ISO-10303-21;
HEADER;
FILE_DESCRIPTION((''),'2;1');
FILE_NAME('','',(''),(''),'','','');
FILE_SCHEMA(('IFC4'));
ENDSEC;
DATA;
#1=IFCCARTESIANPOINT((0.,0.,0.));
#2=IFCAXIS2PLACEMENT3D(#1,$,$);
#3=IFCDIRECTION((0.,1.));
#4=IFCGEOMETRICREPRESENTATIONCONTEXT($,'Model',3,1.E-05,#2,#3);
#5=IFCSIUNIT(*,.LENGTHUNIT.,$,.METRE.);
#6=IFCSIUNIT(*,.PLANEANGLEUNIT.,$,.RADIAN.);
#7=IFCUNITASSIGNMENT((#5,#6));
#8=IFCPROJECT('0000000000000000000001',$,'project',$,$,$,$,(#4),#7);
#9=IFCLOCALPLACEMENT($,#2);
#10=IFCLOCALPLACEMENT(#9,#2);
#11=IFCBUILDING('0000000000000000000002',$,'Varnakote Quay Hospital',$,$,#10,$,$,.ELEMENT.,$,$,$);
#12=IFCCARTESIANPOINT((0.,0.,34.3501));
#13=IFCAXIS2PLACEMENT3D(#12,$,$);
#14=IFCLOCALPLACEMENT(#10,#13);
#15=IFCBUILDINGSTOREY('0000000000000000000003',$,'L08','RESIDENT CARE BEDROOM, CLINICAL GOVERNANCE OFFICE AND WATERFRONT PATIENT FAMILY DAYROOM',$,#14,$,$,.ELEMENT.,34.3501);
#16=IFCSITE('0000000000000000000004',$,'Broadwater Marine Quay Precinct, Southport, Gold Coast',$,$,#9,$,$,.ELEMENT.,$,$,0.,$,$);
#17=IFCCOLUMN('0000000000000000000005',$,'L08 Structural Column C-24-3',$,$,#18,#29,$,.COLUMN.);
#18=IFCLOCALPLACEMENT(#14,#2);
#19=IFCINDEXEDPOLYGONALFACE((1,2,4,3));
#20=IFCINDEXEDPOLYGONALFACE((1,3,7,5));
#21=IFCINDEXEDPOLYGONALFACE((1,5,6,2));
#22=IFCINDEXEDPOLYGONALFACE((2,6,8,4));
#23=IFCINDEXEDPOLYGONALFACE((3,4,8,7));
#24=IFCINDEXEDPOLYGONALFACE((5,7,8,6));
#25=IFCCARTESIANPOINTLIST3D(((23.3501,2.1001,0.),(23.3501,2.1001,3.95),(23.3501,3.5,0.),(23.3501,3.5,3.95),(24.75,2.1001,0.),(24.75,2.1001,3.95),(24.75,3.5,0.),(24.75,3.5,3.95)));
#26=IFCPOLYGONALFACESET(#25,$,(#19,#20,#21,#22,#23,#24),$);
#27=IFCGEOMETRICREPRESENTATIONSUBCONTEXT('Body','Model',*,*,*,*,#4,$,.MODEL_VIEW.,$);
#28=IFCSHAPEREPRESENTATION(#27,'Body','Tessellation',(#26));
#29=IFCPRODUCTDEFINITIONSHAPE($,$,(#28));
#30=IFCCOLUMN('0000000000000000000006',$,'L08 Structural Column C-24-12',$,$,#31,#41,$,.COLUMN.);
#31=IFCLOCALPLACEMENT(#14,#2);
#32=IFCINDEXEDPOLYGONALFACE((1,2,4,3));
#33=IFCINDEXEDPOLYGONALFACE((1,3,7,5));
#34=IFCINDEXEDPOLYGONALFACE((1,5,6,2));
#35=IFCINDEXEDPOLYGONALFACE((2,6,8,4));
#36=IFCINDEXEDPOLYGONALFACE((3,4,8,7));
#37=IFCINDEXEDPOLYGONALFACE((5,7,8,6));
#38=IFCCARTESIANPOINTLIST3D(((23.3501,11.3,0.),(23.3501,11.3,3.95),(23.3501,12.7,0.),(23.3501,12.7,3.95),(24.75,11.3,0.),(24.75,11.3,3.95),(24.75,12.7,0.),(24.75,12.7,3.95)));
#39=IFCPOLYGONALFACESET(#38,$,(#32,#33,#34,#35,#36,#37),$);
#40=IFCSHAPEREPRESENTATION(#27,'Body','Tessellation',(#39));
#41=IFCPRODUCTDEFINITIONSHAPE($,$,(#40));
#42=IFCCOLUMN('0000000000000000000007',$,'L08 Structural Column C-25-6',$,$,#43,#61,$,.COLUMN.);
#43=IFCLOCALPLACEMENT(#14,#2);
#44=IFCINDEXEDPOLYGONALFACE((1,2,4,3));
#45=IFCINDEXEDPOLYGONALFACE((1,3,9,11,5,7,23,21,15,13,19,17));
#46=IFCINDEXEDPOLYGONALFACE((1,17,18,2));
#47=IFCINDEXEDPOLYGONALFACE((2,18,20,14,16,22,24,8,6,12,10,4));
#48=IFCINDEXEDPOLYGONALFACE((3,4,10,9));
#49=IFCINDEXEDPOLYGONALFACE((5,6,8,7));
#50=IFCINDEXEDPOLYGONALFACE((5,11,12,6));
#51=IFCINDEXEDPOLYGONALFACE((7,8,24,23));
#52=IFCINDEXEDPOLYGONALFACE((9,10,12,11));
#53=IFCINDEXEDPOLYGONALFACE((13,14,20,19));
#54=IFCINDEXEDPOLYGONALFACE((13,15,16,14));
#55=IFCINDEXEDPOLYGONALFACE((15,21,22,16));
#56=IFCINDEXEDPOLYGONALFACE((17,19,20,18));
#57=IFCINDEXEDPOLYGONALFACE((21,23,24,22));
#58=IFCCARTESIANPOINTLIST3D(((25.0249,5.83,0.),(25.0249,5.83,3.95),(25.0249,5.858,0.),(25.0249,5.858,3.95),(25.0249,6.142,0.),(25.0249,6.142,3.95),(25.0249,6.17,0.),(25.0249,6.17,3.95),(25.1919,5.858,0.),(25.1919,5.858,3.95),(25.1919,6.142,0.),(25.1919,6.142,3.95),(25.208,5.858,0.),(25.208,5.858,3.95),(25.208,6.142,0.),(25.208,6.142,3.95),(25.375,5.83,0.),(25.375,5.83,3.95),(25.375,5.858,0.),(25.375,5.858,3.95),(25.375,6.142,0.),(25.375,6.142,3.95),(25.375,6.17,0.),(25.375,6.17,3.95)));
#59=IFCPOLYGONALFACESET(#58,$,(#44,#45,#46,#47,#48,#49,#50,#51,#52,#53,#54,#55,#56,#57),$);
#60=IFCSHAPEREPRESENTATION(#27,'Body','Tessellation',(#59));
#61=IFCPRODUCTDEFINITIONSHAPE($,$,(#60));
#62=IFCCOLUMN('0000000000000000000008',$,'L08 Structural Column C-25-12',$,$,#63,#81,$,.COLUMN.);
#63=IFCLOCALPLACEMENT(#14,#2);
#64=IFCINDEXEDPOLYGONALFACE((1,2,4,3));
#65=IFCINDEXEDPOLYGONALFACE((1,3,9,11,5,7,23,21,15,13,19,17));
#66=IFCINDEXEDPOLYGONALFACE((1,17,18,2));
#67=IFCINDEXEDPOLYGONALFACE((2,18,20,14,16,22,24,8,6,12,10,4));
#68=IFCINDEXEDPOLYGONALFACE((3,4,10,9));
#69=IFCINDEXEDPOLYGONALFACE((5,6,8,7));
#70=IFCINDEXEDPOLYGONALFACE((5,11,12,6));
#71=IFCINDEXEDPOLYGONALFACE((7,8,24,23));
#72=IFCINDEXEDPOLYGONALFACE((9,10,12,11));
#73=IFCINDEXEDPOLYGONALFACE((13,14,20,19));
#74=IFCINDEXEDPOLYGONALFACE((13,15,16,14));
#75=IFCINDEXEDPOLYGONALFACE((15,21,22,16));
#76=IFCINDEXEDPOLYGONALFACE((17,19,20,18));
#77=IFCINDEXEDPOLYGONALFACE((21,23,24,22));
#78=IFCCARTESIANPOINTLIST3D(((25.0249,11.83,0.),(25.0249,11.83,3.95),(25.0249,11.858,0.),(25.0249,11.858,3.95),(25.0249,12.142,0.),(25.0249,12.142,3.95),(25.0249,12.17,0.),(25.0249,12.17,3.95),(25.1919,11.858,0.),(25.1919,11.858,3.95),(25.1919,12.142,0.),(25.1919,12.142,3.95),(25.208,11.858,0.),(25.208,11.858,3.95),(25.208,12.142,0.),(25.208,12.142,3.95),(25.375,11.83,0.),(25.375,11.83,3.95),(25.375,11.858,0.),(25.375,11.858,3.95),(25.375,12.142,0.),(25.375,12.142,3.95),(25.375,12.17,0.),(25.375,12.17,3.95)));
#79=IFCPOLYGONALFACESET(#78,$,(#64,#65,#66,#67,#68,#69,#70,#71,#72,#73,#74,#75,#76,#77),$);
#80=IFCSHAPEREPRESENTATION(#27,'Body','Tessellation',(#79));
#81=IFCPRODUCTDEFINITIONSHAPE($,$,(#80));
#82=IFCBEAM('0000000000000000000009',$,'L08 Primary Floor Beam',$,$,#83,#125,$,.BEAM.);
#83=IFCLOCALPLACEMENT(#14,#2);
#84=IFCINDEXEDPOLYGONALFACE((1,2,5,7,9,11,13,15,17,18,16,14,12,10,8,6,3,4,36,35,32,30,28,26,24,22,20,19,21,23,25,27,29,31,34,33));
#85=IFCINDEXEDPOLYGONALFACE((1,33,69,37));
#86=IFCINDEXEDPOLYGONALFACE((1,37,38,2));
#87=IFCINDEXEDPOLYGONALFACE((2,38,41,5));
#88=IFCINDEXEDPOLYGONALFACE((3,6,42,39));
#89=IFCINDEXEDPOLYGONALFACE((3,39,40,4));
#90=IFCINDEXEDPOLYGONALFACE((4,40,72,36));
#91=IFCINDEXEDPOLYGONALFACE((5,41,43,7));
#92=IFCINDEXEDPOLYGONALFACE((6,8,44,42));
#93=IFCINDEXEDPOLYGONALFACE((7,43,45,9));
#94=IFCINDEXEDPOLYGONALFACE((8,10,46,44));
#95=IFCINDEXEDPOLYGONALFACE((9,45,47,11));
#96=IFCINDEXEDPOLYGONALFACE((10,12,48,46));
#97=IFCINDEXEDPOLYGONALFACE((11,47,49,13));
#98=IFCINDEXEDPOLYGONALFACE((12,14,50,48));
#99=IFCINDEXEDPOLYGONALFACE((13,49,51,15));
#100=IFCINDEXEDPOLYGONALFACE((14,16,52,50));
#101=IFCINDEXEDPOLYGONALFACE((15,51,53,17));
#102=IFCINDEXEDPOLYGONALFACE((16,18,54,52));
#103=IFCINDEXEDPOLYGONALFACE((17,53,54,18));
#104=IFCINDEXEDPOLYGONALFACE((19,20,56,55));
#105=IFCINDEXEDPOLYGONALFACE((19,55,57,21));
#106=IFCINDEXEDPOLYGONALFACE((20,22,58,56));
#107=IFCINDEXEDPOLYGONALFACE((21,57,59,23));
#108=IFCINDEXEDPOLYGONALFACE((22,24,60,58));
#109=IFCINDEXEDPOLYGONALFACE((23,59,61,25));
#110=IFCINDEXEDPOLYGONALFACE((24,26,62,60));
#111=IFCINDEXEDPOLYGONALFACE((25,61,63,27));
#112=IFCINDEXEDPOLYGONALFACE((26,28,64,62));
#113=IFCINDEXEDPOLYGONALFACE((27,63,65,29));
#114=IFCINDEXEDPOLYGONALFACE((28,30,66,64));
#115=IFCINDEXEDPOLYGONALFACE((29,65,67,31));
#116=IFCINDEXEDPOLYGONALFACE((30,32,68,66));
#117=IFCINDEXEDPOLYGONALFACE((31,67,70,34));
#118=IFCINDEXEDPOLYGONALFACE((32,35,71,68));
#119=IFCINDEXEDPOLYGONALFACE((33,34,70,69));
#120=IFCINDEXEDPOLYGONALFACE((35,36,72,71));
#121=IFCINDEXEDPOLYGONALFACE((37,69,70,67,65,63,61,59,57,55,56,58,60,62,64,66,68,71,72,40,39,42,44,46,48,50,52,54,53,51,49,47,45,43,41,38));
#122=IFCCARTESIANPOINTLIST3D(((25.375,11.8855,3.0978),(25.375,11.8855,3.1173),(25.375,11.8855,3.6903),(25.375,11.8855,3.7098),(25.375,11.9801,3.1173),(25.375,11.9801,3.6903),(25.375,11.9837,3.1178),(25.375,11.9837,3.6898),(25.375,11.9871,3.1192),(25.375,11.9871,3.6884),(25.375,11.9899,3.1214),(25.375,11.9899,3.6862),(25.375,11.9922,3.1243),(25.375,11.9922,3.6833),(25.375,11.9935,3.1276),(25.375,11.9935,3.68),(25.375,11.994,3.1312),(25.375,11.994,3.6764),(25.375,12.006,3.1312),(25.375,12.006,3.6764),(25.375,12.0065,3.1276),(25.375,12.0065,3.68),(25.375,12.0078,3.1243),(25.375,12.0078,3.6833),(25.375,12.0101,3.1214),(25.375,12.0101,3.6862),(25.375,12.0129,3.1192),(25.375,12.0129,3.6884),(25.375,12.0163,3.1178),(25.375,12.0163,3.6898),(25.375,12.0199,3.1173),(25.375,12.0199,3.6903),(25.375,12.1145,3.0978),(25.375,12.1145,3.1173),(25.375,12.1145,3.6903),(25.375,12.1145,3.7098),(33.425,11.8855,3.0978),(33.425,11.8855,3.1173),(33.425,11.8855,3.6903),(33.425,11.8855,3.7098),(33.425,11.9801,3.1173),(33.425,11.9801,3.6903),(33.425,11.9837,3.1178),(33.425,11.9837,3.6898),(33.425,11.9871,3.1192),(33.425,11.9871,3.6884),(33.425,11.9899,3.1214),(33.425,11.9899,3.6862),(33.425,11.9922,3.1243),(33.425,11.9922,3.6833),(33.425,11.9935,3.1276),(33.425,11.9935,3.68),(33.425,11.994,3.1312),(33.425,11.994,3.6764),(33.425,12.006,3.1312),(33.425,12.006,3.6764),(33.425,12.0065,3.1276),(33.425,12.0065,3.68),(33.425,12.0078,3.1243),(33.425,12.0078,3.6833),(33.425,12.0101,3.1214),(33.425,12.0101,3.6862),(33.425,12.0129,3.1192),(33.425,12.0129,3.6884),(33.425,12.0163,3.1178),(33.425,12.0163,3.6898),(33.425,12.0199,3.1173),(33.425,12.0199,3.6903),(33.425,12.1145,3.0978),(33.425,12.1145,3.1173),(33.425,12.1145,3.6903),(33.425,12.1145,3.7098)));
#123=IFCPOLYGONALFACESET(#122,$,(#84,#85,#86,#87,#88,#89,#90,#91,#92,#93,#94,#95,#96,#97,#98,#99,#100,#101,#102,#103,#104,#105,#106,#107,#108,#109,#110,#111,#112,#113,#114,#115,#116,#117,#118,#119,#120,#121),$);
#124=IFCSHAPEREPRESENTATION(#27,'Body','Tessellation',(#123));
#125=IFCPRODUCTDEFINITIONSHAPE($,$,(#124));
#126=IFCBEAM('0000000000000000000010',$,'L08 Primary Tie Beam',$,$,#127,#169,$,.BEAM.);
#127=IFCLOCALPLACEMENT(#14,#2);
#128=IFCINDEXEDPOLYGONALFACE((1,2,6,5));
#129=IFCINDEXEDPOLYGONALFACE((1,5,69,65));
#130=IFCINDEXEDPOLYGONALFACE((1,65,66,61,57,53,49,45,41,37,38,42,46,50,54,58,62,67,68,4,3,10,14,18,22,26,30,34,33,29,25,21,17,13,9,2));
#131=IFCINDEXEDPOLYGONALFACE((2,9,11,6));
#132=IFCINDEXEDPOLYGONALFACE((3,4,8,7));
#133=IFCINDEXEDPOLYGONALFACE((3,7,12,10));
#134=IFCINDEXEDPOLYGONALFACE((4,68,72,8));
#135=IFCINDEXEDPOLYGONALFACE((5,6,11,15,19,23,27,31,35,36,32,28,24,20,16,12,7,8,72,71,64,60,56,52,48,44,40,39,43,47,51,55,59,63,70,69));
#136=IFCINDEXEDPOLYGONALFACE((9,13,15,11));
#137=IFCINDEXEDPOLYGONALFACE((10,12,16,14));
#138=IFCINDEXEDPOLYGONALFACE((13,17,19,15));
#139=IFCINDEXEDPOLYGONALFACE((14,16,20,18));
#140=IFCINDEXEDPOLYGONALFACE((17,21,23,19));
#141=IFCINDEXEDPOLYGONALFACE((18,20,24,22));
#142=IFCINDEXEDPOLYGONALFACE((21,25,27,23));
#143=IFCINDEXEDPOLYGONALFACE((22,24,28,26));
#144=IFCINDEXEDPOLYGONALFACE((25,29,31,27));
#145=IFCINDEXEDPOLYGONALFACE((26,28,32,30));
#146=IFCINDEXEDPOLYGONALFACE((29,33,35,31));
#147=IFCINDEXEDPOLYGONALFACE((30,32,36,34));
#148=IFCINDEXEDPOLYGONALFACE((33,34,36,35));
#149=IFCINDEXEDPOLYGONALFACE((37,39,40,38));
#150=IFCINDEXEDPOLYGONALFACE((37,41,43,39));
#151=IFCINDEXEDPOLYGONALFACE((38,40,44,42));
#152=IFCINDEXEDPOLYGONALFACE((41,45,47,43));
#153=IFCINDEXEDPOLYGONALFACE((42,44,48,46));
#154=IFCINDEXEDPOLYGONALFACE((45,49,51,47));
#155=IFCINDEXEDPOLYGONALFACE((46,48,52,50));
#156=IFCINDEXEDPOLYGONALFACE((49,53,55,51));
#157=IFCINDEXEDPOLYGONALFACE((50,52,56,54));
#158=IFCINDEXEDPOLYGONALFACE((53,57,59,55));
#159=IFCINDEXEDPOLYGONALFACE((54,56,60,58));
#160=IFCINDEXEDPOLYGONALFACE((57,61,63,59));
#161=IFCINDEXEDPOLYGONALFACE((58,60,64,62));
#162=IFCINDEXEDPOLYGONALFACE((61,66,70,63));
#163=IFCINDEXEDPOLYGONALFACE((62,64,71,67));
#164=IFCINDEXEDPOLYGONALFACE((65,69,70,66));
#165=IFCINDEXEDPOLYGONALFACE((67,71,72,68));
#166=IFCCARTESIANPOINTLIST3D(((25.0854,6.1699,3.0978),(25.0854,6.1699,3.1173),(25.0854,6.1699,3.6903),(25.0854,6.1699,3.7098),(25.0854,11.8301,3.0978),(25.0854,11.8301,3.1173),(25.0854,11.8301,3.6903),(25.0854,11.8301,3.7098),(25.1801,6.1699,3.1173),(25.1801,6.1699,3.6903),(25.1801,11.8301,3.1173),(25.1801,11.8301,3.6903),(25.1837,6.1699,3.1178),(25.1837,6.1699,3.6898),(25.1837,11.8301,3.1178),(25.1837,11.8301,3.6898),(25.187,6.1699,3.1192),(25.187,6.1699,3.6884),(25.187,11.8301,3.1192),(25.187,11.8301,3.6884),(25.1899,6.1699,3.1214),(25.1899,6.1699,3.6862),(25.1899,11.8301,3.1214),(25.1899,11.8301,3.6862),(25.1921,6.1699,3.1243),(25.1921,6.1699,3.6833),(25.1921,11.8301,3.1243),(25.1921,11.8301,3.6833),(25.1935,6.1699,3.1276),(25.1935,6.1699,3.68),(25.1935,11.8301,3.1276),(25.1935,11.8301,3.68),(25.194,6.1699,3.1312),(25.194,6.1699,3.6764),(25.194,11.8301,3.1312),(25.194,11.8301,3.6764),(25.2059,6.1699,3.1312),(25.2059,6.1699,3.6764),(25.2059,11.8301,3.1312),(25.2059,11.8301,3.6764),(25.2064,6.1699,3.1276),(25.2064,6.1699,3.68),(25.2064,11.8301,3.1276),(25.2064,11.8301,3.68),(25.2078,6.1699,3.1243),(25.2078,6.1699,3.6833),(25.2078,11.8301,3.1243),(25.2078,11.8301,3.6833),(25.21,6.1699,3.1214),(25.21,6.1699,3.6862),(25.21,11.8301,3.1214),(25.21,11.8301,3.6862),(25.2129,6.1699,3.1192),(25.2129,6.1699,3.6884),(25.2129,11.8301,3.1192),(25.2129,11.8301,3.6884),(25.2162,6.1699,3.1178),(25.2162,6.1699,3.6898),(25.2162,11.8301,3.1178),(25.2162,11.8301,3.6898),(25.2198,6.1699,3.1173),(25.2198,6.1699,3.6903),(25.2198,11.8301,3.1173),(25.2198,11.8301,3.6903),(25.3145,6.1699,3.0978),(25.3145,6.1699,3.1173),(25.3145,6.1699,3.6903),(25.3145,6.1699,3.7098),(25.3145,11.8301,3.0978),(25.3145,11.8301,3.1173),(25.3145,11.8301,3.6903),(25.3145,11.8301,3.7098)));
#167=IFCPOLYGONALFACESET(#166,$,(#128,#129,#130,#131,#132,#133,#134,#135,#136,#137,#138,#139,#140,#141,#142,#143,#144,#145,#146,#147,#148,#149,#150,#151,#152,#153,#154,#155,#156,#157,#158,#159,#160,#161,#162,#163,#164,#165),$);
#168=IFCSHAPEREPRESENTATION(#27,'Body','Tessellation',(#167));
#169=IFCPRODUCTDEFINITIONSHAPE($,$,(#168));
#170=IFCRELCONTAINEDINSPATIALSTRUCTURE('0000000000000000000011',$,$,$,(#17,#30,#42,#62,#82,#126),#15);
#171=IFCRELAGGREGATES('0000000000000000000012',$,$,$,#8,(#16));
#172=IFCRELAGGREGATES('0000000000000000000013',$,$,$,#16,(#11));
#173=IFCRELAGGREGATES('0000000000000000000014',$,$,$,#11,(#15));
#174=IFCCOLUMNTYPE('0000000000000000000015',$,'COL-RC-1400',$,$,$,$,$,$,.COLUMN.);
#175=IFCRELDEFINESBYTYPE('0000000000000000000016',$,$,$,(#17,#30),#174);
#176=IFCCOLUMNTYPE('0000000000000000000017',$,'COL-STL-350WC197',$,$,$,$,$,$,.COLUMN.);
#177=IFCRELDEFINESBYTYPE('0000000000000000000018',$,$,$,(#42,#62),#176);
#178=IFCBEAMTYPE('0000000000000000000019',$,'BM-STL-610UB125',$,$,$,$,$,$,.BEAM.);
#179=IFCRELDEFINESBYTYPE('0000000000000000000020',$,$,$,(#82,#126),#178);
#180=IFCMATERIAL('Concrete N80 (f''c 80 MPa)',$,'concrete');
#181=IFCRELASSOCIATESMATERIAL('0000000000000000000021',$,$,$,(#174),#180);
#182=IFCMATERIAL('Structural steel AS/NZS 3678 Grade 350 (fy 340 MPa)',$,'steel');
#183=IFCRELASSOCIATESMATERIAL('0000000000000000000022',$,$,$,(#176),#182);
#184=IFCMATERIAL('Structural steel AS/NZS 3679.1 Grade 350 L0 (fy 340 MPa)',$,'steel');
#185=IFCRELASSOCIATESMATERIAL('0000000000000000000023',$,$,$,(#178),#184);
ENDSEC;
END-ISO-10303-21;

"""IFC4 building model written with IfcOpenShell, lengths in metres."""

from ifc_helpers import new_model, si_unit, direction, frame, origin, origin_2d, place, context, subcontext, project, spatial, rectangle, i_section, extrude, material, material_profile, profile_set, type_object, element, save


model = new_model("IFC4")

# Units and contexts
model_context = context("Model", 3, precision=1e-05, world=origin(), true_north=direction((0.0, 1.0)))
body_context = subcontext(model_context, "Body", "Model", "MODEL_VIEW")
ifc_project = project(units=[si_unit("LENGTHUNIT", "METRE"), si_unit("PLANEANGLEUNIT", "RADIAN")], contexts=[model_context])

# Site, building, storey
site_placement = place(None, origin())
site = spatial("IfcSite", under=ifc_project, at=site_placement, Name="Broadwater Marine Quay Precinct, Southport, Gold Coast", CompositionType="ELEMENT", RefElevation=0.0)
building_placement = place(site_placement, origin())
building = spatial("IfcBuilding", under=site, at=building_placement, Name="Varnakote Quay Hospital", CompositionType="ELEMENT")
storey_placement = place(building_placement, frame((0.0, 0.0, 34.3501)))
storey = spatial("IfcBuildingStorey", under=building, at=storey_placement, Name="L08", Description="RESIDENT CARE BEDROOM, CLINICAL GOVERNANCE OFFICE AND WATERFRONT PATIENT FAMILY DAYROOM", CompositionType="ELEMENT", Elevation=34.3501)

# Columns
ifc_material_1 = material(Name="Concrete N80 (f'c 80 MPa)", Category="concrete")
ifc_material_profile_1 = material_profile(ifc_material_1, rectangle(XDim=1.3999, YDim=1.3999, at=origin_2d()), Name="RC-COL-1400x1400")
ifc_profile_set_1 = profile_set([ifc_material_profile_1], Name="Concrete N80 (f'c 80 MPa)")
column_type_1 = type_object("IfcColumnType", Name="COL-RC-1400", PredefinedType="COLUMN", material=ifc_profile_set_1)
for number, where, z_axis, x_axis, name in (
    (1, (24.05, 2.8, 0.0), (0.0, 0.0, 1.0), (1.0, 0.0, 0.0), "L08 Structural Column C-24-3"),
    (2, (24.05, 12.0, 0.0), (0.0, 0.0, 1.0), (1.0, 0.0, 0.0), "L08 Structural Column C-24-12"),
):
    element("IfcColumn", number, at=place(storey_placement, frame(where, z_axis=z_axis, x_axis=x_axis)), inside=storey, type_object=column_type_1, Name=name, PredefinedType="COLUMN", context=body_context, shape_type="SweptSolid", body=[
        extrude(rectangle(XDim=1.3999, YDim=1.3999, at=origin_2d()), origin(), (0.0, 0.0, 1.0), 3.95),
    ])
ifc_material_2 = material(Name="Structural steel AS/NZS 3678 Grade 350 (fy 340 MPa)", Category="steel")
ifc_material_profile_2 = material_profile(ifc_material_2, i_section(OverallWidth=0.3501, OverallDepth=0.3401, WebThickness=0.0161, FlangeThickness=0.0281, at=origin_2d()), Name="350WC197")
ifc_profile_set_2 = profile_set([ifc_material_profile_2], Name="Structural steel AS/NZS 3678 Grade 350 (fy 340 MPa)")
column_type_2 = type_object("IfcColumnType", Name="COL-STL-350WC197", PredefinedType="COLUMN", material=ifc_profile_set_2)
for number, where, z_axis, x_axis, name in (
    (3, (25.2, 6.0, 0.0), (0.0, 0.0, 1.0), (1.0, 0.0, 0.0), "L08 Structural Column C-25-6"),
    (4, (25.2, 12.0, 0.0), (0.0, 0.0, 1.0), (1.0, 0.0, 0.0), "L08 Structural Column C-25-12"),
):
    element("IfcColumn", number, at=place(storey_placement, frame(where, z_axis=z_axis, x_axis=x_axis)), inside=storey, type_object=column_type_2, Name=name, PredefinedType="COLUMN", context=body_context, shape_type="SweptSolid", body=[
        extrude(i_section(OverallWidth=0.3501, OverallDepth=0.3401, WebThickness=0.0161, FlangeThickness=0.0281, at=origin_2d()), origin(), (0.0, 0.0, 1.0), 3.95),
    ])

# Beams
ifc_material_3 = material(Name="Structural steel AS/NZS 3679.1 Grade 350 L0 (fy 340 MPa)", Category="steel")
ifc_material_profile_3 = material_profile(ifc_material_3, i_section(OverallWidth=0.229, OverallDepth=0.6121, WebThickness=0.012, FlangeThickness=0.0195, FilletRadius=0.0139, at=origin_2d()), Name="610UB125")
ifc_profile_set_3 = profile_set([ifc_material_profile_3], Name="Structural steel AS/NZS 3679.1 Grade 350 L0 (fy 340 MPa)")
beam_type_1 = type_object("IfcBeamType", Name="BM-STL-610UB125", PredefinedType="BEAM", material=ifc_profile_set_3)
beam_1_placement = place(storey_placement, frame((25.375, 12.0, 3.4038), z_axis=(1.0, 0.0, 0.0), x_axis=(0.0, 1.0, 0.0)))
element("IfcBeam", 5, at=beam_1_placement, inside=storey, type_object=beam_type_1, Name="L08 Primary Floor Beam", PredefinedType="BEAM", context=body_context, shape_type="SweptSolid", body=[
    extrude(i_section(OverallWidth=0.229, OverallDepth=0.6121, WebThickness=0.012, FlangeThickness=0.0195, FilletRadius=0.0139, at=origin_2d()), origin(), (0.0, 0.0, 1.0), 8.05),
])
beam_2_placement = place(storey_placement, frame((25.2, 6.1699, 3.4038), z_axis=(0.0, 1.0, 0.0), x_axis=(-1.0, 0.0, 0.0)))
element("IfcBeam", 6, at=beam_2_placement, inside=storey, type_object=beam_type_1, Name="L08 Primary Tie Beam", PredefinedType="BEAM", context=body_context, shape_type="SweptSolid", body=[
    extrude(i_section(OverallWidth=0.229, OverallDepth=0.6121, WebThickness=0.012, FlangeThickness=0.0195, FilletRadius=0.0139, at=origin_2d()), origin(), (0.0, 0.0, 1.0), 5.6602),
])

save(model, "model.ifc")
